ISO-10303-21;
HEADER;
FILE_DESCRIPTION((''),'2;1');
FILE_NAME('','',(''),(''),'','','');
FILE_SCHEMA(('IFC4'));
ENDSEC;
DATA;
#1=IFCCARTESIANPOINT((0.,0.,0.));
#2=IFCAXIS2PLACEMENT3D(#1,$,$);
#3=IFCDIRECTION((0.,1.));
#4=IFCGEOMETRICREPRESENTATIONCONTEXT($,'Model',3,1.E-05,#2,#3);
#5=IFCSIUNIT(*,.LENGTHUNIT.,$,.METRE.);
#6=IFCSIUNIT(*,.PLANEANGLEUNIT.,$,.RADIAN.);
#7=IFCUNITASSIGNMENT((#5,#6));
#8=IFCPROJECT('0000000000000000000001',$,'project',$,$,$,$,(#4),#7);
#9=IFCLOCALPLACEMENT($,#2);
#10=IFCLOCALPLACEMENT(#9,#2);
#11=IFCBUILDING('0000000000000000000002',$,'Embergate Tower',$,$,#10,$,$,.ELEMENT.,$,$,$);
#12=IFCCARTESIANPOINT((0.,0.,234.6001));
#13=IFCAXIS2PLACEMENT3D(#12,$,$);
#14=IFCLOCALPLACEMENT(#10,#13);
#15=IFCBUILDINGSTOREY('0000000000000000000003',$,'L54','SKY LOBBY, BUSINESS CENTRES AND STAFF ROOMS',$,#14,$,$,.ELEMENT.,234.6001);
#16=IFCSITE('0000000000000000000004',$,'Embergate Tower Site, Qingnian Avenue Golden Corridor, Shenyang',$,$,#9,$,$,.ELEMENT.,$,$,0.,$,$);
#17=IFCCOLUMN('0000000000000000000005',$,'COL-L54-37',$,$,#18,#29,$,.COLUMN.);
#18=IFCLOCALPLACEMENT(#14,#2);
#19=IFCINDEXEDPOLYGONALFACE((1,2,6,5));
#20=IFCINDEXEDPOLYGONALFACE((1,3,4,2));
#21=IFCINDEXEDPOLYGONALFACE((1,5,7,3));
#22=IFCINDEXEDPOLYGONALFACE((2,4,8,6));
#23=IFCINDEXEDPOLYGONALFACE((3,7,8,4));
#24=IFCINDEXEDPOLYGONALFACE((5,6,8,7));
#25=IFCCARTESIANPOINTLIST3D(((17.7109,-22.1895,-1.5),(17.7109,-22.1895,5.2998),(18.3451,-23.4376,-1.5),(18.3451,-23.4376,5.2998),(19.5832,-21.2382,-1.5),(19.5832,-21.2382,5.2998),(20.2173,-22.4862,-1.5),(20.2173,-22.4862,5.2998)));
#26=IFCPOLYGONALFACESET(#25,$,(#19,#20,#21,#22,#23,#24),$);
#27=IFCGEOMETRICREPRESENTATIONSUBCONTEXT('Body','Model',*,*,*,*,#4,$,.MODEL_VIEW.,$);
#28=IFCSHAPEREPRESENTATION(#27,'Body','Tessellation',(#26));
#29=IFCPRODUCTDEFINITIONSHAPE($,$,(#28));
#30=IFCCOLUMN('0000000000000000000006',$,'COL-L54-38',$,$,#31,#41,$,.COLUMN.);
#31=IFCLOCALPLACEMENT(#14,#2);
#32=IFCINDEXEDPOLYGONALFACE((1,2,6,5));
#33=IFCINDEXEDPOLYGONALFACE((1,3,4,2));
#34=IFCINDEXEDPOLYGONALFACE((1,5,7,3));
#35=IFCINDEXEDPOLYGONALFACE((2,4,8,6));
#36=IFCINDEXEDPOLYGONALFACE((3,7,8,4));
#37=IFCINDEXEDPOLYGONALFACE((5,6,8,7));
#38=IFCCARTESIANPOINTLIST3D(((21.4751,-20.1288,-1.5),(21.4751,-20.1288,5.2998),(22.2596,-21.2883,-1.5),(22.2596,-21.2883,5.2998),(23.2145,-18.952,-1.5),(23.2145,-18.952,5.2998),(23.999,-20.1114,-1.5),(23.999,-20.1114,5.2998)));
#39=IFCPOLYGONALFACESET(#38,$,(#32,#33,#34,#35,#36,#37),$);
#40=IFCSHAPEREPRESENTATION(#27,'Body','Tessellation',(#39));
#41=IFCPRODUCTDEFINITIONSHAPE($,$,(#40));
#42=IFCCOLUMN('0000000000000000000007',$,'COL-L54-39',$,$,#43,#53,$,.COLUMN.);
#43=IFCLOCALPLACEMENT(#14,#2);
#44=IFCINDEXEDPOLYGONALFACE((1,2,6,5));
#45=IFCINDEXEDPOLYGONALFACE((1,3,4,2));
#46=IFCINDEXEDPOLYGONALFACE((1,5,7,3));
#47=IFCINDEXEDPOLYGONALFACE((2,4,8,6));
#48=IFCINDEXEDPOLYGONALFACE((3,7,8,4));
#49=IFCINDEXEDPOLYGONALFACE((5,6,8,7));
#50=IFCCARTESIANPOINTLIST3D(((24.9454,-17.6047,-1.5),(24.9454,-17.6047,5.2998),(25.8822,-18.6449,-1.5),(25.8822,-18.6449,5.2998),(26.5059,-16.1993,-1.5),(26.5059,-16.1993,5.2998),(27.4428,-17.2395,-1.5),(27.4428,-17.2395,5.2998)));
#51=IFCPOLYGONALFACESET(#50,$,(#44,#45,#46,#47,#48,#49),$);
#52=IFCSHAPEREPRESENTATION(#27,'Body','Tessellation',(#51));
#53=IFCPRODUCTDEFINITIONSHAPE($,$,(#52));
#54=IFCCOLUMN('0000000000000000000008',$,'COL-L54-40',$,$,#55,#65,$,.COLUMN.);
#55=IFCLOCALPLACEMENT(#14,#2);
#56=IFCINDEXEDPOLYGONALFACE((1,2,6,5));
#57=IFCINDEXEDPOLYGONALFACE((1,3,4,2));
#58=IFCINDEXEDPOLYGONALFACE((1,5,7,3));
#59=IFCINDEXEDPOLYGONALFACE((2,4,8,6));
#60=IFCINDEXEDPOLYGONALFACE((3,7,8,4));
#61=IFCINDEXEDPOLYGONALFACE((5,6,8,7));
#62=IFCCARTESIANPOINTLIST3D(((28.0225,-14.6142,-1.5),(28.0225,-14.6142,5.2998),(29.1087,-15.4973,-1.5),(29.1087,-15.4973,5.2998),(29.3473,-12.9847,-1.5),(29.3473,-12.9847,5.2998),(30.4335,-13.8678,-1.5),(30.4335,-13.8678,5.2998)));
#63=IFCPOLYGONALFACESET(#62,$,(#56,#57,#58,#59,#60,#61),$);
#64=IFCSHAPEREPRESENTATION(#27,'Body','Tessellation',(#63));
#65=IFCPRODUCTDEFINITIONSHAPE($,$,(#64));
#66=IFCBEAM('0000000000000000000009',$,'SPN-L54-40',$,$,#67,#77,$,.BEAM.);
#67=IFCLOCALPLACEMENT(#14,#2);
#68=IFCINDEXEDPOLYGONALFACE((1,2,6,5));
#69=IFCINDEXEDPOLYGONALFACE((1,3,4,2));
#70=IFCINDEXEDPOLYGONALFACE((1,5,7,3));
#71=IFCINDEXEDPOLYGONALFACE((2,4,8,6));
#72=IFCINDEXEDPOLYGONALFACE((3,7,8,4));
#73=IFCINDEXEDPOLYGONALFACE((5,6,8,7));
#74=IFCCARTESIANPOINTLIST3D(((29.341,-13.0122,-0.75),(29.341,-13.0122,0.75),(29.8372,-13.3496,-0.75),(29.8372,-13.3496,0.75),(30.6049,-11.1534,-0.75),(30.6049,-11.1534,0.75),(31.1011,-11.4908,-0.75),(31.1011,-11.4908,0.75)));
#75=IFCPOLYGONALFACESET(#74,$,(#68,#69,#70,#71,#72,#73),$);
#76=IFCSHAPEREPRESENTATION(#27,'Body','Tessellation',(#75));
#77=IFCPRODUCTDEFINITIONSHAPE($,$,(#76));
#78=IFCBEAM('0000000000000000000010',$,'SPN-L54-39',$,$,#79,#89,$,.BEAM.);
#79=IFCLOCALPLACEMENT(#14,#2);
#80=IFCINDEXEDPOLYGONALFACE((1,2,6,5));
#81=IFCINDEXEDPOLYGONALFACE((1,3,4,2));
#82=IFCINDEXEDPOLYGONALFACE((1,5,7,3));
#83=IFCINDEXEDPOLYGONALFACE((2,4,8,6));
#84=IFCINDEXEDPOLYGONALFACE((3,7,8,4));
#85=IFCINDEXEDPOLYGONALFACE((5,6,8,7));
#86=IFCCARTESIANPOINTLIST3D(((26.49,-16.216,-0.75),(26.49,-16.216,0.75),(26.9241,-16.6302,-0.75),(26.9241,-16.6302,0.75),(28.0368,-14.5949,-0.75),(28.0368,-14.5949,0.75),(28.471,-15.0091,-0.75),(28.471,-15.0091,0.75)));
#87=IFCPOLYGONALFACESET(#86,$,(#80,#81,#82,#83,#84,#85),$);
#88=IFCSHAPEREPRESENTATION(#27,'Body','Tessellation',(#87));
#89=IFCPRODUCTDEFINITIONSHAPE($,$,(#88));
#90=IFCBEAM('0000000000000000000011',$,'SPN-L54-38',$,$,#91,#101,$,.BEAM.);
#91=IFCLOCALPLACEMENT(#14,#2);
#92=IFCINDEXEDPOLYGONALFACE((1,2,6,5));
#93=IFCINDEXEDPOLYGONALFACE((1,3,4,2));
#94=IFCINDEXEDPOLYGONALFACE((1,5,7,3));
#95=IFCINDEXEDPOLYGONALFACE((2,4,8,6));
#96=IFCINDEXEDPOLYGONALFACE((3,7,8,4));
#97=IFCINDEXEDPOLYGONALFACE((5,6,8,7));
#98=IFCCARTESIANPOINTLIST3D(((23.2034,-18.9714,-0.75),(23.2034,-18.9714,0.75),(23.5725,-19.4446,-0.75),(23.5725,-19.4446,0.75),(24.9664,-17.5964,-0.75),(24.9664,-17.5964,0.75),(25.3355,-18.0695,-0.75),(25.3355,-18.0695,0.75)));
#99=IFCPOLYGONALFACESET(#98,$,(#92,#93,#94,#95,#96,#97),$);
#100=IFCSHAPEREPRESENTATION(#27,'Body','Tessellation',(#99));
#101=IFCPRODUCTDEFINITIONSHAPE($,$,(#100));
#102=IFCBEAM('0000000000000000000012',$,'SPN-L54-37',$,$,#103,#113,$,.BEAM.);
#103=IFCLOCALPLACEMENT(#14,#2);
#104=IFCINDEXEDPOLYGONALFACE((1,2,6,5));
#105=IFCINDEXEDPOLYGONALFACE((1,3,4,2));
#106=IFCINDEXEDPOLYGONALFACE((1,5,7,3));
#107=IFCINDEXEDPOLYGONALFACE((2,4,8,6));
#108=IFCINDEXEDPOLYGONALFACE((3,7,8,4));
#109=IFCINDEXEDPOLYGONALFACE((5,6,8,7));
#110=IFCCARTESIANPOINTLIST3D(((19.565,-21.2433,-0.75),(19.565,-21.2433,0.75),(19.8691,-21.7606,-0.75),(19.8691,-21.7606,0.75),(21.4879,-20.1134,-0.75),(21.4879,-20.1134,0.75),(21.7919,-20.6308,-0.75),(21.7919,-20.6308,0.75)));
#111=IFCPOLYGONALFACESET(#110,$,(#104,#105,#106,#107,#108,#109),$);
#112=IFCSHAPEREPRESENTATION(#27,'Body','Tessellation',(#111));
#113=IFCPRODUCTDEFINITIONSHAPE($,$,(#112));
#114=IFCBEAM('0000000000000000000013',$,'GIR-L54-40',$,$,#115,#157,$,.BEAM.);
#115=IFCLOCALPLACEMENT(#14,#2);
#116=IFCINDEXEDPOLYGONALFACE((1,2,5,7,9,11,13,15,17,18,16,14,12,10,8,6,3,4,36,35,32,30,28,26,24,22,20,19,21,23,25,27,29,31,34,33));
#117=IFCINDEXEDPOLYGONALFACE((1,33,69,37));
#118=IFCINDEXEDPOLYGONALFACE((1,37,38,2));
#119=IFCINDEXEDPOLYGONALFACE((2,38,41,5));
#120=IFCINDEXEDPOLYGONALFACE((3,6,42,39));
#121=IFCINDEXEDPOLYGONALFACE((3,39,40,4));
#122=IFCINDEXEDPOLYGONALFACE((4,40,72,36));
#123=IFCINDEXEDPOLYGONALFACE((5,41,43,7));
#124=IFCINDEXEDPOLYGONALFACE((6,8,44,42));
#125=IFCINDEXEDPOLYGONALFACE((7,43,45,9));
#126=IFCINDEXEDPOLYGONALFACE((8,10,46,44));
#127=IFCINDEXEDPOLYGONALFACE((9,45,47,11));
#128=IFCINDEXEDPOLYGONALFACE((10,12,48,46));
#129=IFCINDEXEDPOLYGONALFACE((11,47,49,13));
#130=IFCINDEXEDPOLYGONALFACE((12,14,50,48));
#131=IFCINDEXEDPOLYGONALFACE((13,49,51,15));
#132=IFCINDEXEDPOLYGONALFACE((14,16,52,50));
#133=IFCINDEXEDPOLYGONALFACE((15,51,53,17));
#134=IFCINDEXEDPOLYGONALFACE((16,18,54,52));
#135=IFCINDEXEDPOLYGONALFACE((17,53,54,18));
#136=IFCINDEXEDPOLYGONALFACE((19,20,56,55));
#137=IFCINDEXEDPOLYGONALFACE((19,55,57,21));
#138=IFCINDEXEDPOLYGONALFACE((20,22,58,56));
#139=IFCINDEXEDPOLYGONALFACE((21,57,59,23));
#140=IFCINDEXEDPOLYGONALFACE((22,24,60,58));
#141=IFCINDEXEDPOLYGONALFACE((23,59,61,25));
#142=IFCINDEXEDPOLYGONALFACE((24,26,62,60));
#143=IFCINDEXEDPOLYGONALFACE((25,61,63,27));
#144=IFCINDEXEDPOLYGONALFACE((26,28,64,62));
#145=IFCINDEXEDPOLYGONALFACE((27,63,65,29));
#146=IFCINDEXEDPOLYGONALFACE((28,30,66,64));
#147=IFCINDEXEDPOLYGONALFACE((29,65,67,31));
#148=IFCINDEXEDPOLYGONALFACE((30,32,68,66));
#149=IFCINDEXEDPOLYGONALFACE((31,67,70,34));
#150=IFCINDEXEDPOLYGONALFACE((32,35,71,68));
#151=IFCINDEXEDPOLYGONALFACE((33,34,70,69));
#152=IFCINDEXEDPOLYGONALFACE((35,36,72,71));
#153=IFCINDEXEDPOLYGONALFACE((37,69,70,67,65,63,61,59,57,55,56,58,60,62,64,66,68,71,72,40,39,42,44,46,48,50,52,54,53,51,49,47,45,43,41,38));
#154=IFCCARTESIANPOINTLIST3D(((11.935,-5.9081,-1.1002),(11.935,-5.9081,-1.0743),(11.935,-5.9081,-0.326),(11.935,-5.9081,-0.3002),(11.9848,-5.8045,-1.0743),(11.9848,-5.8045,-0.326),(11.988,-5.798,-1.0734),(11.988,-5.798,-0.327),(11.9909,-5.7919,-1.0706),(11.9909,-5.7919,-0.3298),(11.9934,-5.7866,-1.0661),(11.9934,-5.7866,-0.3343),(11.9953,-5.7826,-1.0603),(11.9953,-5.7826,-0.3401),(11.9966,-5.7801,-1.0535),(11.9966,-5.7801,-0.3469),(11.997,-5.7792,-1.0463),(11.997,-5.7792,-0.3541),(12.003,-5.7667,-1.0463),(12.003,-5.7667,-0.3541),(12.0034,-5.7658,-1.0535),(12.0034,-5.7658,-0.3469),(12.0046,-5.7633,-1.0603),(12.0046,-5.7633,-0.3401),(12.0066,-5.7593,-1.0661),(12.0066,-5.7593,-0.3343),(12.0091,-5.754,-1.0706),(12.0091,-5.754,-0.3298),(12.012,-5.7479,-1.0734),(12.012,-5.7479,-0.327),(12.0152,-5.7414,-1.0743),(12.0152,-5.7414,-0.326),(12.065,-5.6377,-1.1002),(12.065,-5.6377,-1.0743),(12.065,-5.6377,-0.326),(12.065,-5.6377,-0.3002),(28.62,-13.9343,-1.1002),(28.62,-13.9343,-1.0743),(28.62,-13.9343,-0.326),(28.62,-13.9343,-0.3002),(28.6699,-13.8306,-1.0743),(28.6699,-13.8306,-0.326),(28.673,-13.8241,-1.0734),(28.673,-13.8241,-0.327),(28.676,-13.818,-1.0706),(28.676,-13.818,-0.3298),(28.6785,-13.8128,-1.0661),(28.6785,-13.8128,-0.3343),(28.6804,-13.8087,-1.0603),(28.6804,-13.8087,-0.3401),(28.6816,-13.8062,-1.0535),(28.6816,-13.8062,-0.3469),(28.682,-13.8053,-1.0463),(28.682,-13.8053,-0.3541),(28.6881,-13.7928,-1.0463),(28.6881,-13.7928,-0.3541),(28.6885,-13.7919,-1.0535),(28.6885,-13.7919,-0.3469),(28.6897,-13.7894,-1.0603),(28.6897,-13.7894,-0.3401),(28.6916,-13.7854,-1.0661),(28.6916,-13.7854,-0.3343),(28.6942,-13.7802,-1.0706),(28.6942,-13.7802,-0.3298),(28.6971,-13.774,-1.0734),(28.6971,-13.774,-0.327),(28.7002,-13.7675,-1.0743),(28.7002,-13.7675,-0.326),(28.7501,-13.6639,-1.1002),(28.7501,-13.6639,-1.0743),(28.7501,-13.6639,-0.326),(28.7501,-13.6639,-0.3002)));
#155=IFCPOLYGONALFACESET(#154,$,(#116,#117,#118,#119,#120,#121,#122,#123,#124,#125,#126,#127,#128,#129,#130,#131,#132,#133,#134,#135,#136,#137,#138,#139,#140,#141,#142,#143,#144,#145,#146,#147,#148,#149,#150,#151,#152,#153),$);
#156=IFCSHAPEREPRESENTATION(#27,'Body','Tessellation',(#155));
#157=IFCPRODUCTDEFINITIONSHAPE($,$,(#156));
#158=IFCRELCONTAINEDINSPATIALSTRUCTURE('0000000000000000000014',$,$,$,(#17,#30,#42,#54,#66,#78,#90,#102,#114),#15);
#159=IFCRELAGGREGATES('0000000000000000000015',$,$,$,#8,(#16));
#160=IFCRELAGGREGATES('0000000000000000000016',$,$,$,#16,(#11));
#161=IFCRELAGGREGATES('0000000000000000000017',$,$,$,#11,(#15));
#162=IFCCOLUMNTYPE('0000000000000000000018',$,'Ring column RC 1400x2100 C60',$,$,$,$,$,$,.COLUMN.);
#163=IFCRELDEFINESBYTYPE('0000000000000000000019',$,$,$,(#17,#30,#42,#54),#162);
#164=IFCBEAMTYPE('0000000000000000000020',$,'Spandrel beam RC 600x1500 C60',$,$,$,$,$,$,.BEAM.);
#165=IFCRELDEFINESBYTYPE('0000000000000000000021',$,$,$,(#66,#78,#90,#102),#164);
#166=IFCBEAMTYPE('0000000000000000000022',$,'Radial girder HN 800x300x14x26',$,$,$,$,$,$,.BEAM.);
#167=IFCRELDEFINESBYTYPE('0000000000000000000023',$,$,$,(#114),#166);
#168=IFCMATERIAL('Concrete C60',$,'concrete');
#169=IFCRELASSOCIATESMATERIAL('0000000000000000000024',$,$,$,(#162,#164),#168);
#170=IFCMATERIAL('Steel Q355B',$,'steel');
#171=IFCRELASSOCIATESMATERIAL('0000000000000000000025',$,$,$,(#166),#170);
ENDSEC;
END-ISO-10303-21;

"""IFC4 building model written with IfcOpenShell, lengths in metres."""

from ifc_helpers import new_model, si_unit, direction, frame, origin, origin_2d, place, context, subcontext, project, spatial, rectangle, i_section, extrude, source, transform, mapped, material, material_profile, profile_set, type_object, element, save


model = new_model("IFC4")

# Units and contexts
model_context = context("Model", 3, precision=1e-05, world=origin(), true_north=direction((0.0, 1.0)))
body_context = subcontext(model_context, "Body", "Model", "MODEL_VIEW")
ifc_project = project(units=[si_unit("LENGTHUNIT", "METRE"), si_unit("PLANEANGLEUNIT", "RADIAN")], contexts=[model_context])

# Site, building, storey
site_placement = place(None, origin())
site = spatial("IfcSite", under=ifc_project, at=site_placement, Name="Embergate Tower Site, Qingnian Avenue Golden Corridor, Shenyang", CompositionType="ELEMENT", RefElevation=0.0)
building_placement = place(site_placement, origin())
building = spatial("IfcBuilding", under=site, at=building_placement, Name="Embergate Tower", CompositionType="ELEMENT")
storey_placement = place(building_placement, frame((0.0, 0.0, 234.6001)))
storey = spatial("IfcBuildingStorey", under=building, at=storey_placement, Name="L54", Description="SKY LOBBY, BUSINESS CENTRES AND STAFF ROOMS", CompositionType="ELEMENT", Elevation=234.6001)

# Columns
ifc_material_1 = material(Name="Concrete C60", Category="concrete")
ifc_material_profile_1 = material_profile(ifc_material_1, rectangle(XDim=1.3999, YDim=2.1001, at=origin_2d()), Name="RC 1400x2100")
ifc_profile_set_1 = profile_set([ifc_material_profile_1], Name="Concrete C60")
column_type = type_object("IfcColumnType", Name="Ring column RC 1400x2100 C60", PredefinedType="COLUMN", material=ifc_profile_set_1)
shared_shape_1 = source(origin(), body_context, "Body", "SweptSolid", [
    extrude(rectangle(XDim=1.3999, YDim=2.1001, at=origin_2d()), origin(), (0.0, 0.0, 1.0), 6.7998),
])
for number, where, z_axis, x_axis, name in (
    (1, (18.9641, -22.3379, -1.5), (0.0, 0.0, 1.0), (0.452995, -0.891513, 0.0), "COL-L54-37"),
    (2, (22.7371, -20.1201, -1.5), (0.0, 0.0, 1.0), (0.560379, -0.828236, 0.0), "COL-L54-38"),
    (3, (26.1941, -17.4221, -1.5), (0.0, 0.0, 1.0), (0.669208, -0.743075, 0.0), "COL-L54-39"),
    (4, (29.228, -14.241, -1.5), (0.0, 0.0, 1.0), (0.775914, -0.630838, 0.0), "COL-L54-40"),
):
    element("IfcColumn", number, at=place(storey_placement, frame(where, z_axis=z_axis, x_axis=x_axis)), inside=storey, type_object=column_type, Name=name, PredefinedType="COLUMN", context=body_context, shape_type="MappedRepresentation", body=[
        mapped(shared_shape_1, transform((0.0, 0.0, 0.0))),
    ])

# Beams
ifc_material_profile_2 = material_profile(ifc_material_1, rectangle(XDim=0.6001, YDim=1.5, at=origin_2d()), Name="RC 600x1500")
ifc_profile_set_2 = profile_set([ifc_material_profile_2], Name="Concrete C60")
beam_type_1 = type_object("IfcBeamType", Name="Spandrel beam RC 600x1500 C60", PredefinedType="BEAM", material=ifc_profile_set_2)
shared_shape_2 = source(origin(), body_context, "Body", "SweptSolid", [
    extrude(rectangle(XDim=0.6001, YDim=1.5, at=origin_2d()), origin(), (0.0, 0.0, 1.0), 2.2478),
])
beam_1_placement = place(storey_placement, frame((29.5891, -13.1809, 0.0), z_axis=(0.562271, 0.826953, 0.0), x_axis=(-0.826953, 0.562271, 0.0)))
element("IfcBeam", 5, at=beam_1_placement, inside=storey, type_object=beam_type_1, Name="SPN-L54-40", PredefinedType="BEAM", context=body_context, shape_type="MappedRepresentation", body=[
    mapped(shared_shape_2, transform((0.0, 0.0, 0.0))),
])
shared_shape_3 = source(origin(), body_context, "Body", "SweptSolid", [
    extrude(rectangle(XDim=0.6001, YDim=1.5, at=origin_2d()), origin(), (0.0, 0.0, 1.0), 2.2407),
])
beam_2_placement = place(storey_placement, frame((26.707, -16.4231, 0.0), z_axis=(0.690351, 0.723474, 0.0), x_axis=(-0.723474, 0.690351, 0.0)))
element("IfcBeam", 6, at=beam_2_placement, inside=storey, type_object=beam_type_1, Name="SPN-L54-39", PredefinedType="BEAM", context=body_context, shape_type="MappedRepresentation", body=[
    mapped(shared_shape_3, transform((0.0, 0.0, 0.0))),
])
shared_shape_4 = source(origin(), body_context, "Body", "SweptSolid", [
    extrude(rectangle(XDim=0.6001, YDim=1.5, at=origin_2d()), origin(), (0.0, 0.0, 1.0), 2.2358),
])
beam_3_placement = place(storey_placement, frame((23.3879, -19.208, 0.0), z_axis=(0.788522, 0.615006, 0.0), x_axis=(-0.615006, 0.788522, 0.0)))
element("IfcBeam", 7, at=beam_3_placement, inside=storey, type_object=beam_type_1, Name="SPN-L54-38", PredefinedType="BEAM", context=body_context, shape_type="MappedRepresentation", body=[
    mapped(shared_shape_4, transform((0.0, 0.0, 0.0))),
])
shared_shape_5 = source(origin(), body_context, "Body", "SweptSolid", [
    extrude(rectangle(XDim=0.6001, YDim=1.5, at=origin_2d()), origin(), (0.0, 0.0, 1.0), 2.2302),
])
beam_4_placement = place(storey_placement, frame((19.717, -21.502, 0.0), z_axis=(0.862171, 0.506618, 0.0), x_axis=(-0.506618, 0.862171, 0.0)))
element("IfcBeam", 8, at=beam_4_placement, inside=storey, type_object=beam_type_1, Name="SPN-L54-37", PredefinedType="BEAM", context=body_context, shape_type="MappedRepresentation", body=[
    mapped(shared_shape_5, transform((0.0, 0.0, 0.0))),
])
ifc_material_2 = material(Name="Steel Q355B", Category="steel")
ifc_material_profile_3 = material_profile(ifc_material_2, i_section(OverallWidth=0.3, OverallDepth=0.8, WebThickness=0.0139, FlangeThickness=0.0259, FilletRadius=0.0281, at=origin_2d()), Name="HN 800x300x14x26")
ifc_profile_set_3 = profile_set([ifc_material_profile_3], Name="Steel Q355 grade B")
beam_type_2 = type_object("IfcBeamType", Name="Radial girder HN 800x300x14x26", PredefinedType="BEAM", material=ifc_profile_set_3)
shared_shape_6 = source(origin(), body_context, "Body", "SweptSolid", [
    extrude(i_section(OverallWidth=0.3, OverallDepth=0.8, WebThickness=0.0139, FlangeThickness=0.0259, FilletRadius=0.0281, at=origin_2d()), origin(), (0.0, 0.0, 1.0), 18.5151),
])
beam_5_placement = place(storey_placement, frame((28.6851, -13.7991, -0.7002), z_axis=(-0.901158, 0.43349, 0.0), x_axis=(-0.43349, -0.901158, 0.0)))
element("IfcBeam", 9, at=beam_5_placement, inside=storey, type_object=beam_type_2, Name="GIR-L54-40", PredefinedType="BEAM", context=body_context, shape_type="MappedRepresentation", body=[
    mapped(shared_shape_6, transform((0.0, 0.0, 0.0))),
])

save(model, "model.ifc")
